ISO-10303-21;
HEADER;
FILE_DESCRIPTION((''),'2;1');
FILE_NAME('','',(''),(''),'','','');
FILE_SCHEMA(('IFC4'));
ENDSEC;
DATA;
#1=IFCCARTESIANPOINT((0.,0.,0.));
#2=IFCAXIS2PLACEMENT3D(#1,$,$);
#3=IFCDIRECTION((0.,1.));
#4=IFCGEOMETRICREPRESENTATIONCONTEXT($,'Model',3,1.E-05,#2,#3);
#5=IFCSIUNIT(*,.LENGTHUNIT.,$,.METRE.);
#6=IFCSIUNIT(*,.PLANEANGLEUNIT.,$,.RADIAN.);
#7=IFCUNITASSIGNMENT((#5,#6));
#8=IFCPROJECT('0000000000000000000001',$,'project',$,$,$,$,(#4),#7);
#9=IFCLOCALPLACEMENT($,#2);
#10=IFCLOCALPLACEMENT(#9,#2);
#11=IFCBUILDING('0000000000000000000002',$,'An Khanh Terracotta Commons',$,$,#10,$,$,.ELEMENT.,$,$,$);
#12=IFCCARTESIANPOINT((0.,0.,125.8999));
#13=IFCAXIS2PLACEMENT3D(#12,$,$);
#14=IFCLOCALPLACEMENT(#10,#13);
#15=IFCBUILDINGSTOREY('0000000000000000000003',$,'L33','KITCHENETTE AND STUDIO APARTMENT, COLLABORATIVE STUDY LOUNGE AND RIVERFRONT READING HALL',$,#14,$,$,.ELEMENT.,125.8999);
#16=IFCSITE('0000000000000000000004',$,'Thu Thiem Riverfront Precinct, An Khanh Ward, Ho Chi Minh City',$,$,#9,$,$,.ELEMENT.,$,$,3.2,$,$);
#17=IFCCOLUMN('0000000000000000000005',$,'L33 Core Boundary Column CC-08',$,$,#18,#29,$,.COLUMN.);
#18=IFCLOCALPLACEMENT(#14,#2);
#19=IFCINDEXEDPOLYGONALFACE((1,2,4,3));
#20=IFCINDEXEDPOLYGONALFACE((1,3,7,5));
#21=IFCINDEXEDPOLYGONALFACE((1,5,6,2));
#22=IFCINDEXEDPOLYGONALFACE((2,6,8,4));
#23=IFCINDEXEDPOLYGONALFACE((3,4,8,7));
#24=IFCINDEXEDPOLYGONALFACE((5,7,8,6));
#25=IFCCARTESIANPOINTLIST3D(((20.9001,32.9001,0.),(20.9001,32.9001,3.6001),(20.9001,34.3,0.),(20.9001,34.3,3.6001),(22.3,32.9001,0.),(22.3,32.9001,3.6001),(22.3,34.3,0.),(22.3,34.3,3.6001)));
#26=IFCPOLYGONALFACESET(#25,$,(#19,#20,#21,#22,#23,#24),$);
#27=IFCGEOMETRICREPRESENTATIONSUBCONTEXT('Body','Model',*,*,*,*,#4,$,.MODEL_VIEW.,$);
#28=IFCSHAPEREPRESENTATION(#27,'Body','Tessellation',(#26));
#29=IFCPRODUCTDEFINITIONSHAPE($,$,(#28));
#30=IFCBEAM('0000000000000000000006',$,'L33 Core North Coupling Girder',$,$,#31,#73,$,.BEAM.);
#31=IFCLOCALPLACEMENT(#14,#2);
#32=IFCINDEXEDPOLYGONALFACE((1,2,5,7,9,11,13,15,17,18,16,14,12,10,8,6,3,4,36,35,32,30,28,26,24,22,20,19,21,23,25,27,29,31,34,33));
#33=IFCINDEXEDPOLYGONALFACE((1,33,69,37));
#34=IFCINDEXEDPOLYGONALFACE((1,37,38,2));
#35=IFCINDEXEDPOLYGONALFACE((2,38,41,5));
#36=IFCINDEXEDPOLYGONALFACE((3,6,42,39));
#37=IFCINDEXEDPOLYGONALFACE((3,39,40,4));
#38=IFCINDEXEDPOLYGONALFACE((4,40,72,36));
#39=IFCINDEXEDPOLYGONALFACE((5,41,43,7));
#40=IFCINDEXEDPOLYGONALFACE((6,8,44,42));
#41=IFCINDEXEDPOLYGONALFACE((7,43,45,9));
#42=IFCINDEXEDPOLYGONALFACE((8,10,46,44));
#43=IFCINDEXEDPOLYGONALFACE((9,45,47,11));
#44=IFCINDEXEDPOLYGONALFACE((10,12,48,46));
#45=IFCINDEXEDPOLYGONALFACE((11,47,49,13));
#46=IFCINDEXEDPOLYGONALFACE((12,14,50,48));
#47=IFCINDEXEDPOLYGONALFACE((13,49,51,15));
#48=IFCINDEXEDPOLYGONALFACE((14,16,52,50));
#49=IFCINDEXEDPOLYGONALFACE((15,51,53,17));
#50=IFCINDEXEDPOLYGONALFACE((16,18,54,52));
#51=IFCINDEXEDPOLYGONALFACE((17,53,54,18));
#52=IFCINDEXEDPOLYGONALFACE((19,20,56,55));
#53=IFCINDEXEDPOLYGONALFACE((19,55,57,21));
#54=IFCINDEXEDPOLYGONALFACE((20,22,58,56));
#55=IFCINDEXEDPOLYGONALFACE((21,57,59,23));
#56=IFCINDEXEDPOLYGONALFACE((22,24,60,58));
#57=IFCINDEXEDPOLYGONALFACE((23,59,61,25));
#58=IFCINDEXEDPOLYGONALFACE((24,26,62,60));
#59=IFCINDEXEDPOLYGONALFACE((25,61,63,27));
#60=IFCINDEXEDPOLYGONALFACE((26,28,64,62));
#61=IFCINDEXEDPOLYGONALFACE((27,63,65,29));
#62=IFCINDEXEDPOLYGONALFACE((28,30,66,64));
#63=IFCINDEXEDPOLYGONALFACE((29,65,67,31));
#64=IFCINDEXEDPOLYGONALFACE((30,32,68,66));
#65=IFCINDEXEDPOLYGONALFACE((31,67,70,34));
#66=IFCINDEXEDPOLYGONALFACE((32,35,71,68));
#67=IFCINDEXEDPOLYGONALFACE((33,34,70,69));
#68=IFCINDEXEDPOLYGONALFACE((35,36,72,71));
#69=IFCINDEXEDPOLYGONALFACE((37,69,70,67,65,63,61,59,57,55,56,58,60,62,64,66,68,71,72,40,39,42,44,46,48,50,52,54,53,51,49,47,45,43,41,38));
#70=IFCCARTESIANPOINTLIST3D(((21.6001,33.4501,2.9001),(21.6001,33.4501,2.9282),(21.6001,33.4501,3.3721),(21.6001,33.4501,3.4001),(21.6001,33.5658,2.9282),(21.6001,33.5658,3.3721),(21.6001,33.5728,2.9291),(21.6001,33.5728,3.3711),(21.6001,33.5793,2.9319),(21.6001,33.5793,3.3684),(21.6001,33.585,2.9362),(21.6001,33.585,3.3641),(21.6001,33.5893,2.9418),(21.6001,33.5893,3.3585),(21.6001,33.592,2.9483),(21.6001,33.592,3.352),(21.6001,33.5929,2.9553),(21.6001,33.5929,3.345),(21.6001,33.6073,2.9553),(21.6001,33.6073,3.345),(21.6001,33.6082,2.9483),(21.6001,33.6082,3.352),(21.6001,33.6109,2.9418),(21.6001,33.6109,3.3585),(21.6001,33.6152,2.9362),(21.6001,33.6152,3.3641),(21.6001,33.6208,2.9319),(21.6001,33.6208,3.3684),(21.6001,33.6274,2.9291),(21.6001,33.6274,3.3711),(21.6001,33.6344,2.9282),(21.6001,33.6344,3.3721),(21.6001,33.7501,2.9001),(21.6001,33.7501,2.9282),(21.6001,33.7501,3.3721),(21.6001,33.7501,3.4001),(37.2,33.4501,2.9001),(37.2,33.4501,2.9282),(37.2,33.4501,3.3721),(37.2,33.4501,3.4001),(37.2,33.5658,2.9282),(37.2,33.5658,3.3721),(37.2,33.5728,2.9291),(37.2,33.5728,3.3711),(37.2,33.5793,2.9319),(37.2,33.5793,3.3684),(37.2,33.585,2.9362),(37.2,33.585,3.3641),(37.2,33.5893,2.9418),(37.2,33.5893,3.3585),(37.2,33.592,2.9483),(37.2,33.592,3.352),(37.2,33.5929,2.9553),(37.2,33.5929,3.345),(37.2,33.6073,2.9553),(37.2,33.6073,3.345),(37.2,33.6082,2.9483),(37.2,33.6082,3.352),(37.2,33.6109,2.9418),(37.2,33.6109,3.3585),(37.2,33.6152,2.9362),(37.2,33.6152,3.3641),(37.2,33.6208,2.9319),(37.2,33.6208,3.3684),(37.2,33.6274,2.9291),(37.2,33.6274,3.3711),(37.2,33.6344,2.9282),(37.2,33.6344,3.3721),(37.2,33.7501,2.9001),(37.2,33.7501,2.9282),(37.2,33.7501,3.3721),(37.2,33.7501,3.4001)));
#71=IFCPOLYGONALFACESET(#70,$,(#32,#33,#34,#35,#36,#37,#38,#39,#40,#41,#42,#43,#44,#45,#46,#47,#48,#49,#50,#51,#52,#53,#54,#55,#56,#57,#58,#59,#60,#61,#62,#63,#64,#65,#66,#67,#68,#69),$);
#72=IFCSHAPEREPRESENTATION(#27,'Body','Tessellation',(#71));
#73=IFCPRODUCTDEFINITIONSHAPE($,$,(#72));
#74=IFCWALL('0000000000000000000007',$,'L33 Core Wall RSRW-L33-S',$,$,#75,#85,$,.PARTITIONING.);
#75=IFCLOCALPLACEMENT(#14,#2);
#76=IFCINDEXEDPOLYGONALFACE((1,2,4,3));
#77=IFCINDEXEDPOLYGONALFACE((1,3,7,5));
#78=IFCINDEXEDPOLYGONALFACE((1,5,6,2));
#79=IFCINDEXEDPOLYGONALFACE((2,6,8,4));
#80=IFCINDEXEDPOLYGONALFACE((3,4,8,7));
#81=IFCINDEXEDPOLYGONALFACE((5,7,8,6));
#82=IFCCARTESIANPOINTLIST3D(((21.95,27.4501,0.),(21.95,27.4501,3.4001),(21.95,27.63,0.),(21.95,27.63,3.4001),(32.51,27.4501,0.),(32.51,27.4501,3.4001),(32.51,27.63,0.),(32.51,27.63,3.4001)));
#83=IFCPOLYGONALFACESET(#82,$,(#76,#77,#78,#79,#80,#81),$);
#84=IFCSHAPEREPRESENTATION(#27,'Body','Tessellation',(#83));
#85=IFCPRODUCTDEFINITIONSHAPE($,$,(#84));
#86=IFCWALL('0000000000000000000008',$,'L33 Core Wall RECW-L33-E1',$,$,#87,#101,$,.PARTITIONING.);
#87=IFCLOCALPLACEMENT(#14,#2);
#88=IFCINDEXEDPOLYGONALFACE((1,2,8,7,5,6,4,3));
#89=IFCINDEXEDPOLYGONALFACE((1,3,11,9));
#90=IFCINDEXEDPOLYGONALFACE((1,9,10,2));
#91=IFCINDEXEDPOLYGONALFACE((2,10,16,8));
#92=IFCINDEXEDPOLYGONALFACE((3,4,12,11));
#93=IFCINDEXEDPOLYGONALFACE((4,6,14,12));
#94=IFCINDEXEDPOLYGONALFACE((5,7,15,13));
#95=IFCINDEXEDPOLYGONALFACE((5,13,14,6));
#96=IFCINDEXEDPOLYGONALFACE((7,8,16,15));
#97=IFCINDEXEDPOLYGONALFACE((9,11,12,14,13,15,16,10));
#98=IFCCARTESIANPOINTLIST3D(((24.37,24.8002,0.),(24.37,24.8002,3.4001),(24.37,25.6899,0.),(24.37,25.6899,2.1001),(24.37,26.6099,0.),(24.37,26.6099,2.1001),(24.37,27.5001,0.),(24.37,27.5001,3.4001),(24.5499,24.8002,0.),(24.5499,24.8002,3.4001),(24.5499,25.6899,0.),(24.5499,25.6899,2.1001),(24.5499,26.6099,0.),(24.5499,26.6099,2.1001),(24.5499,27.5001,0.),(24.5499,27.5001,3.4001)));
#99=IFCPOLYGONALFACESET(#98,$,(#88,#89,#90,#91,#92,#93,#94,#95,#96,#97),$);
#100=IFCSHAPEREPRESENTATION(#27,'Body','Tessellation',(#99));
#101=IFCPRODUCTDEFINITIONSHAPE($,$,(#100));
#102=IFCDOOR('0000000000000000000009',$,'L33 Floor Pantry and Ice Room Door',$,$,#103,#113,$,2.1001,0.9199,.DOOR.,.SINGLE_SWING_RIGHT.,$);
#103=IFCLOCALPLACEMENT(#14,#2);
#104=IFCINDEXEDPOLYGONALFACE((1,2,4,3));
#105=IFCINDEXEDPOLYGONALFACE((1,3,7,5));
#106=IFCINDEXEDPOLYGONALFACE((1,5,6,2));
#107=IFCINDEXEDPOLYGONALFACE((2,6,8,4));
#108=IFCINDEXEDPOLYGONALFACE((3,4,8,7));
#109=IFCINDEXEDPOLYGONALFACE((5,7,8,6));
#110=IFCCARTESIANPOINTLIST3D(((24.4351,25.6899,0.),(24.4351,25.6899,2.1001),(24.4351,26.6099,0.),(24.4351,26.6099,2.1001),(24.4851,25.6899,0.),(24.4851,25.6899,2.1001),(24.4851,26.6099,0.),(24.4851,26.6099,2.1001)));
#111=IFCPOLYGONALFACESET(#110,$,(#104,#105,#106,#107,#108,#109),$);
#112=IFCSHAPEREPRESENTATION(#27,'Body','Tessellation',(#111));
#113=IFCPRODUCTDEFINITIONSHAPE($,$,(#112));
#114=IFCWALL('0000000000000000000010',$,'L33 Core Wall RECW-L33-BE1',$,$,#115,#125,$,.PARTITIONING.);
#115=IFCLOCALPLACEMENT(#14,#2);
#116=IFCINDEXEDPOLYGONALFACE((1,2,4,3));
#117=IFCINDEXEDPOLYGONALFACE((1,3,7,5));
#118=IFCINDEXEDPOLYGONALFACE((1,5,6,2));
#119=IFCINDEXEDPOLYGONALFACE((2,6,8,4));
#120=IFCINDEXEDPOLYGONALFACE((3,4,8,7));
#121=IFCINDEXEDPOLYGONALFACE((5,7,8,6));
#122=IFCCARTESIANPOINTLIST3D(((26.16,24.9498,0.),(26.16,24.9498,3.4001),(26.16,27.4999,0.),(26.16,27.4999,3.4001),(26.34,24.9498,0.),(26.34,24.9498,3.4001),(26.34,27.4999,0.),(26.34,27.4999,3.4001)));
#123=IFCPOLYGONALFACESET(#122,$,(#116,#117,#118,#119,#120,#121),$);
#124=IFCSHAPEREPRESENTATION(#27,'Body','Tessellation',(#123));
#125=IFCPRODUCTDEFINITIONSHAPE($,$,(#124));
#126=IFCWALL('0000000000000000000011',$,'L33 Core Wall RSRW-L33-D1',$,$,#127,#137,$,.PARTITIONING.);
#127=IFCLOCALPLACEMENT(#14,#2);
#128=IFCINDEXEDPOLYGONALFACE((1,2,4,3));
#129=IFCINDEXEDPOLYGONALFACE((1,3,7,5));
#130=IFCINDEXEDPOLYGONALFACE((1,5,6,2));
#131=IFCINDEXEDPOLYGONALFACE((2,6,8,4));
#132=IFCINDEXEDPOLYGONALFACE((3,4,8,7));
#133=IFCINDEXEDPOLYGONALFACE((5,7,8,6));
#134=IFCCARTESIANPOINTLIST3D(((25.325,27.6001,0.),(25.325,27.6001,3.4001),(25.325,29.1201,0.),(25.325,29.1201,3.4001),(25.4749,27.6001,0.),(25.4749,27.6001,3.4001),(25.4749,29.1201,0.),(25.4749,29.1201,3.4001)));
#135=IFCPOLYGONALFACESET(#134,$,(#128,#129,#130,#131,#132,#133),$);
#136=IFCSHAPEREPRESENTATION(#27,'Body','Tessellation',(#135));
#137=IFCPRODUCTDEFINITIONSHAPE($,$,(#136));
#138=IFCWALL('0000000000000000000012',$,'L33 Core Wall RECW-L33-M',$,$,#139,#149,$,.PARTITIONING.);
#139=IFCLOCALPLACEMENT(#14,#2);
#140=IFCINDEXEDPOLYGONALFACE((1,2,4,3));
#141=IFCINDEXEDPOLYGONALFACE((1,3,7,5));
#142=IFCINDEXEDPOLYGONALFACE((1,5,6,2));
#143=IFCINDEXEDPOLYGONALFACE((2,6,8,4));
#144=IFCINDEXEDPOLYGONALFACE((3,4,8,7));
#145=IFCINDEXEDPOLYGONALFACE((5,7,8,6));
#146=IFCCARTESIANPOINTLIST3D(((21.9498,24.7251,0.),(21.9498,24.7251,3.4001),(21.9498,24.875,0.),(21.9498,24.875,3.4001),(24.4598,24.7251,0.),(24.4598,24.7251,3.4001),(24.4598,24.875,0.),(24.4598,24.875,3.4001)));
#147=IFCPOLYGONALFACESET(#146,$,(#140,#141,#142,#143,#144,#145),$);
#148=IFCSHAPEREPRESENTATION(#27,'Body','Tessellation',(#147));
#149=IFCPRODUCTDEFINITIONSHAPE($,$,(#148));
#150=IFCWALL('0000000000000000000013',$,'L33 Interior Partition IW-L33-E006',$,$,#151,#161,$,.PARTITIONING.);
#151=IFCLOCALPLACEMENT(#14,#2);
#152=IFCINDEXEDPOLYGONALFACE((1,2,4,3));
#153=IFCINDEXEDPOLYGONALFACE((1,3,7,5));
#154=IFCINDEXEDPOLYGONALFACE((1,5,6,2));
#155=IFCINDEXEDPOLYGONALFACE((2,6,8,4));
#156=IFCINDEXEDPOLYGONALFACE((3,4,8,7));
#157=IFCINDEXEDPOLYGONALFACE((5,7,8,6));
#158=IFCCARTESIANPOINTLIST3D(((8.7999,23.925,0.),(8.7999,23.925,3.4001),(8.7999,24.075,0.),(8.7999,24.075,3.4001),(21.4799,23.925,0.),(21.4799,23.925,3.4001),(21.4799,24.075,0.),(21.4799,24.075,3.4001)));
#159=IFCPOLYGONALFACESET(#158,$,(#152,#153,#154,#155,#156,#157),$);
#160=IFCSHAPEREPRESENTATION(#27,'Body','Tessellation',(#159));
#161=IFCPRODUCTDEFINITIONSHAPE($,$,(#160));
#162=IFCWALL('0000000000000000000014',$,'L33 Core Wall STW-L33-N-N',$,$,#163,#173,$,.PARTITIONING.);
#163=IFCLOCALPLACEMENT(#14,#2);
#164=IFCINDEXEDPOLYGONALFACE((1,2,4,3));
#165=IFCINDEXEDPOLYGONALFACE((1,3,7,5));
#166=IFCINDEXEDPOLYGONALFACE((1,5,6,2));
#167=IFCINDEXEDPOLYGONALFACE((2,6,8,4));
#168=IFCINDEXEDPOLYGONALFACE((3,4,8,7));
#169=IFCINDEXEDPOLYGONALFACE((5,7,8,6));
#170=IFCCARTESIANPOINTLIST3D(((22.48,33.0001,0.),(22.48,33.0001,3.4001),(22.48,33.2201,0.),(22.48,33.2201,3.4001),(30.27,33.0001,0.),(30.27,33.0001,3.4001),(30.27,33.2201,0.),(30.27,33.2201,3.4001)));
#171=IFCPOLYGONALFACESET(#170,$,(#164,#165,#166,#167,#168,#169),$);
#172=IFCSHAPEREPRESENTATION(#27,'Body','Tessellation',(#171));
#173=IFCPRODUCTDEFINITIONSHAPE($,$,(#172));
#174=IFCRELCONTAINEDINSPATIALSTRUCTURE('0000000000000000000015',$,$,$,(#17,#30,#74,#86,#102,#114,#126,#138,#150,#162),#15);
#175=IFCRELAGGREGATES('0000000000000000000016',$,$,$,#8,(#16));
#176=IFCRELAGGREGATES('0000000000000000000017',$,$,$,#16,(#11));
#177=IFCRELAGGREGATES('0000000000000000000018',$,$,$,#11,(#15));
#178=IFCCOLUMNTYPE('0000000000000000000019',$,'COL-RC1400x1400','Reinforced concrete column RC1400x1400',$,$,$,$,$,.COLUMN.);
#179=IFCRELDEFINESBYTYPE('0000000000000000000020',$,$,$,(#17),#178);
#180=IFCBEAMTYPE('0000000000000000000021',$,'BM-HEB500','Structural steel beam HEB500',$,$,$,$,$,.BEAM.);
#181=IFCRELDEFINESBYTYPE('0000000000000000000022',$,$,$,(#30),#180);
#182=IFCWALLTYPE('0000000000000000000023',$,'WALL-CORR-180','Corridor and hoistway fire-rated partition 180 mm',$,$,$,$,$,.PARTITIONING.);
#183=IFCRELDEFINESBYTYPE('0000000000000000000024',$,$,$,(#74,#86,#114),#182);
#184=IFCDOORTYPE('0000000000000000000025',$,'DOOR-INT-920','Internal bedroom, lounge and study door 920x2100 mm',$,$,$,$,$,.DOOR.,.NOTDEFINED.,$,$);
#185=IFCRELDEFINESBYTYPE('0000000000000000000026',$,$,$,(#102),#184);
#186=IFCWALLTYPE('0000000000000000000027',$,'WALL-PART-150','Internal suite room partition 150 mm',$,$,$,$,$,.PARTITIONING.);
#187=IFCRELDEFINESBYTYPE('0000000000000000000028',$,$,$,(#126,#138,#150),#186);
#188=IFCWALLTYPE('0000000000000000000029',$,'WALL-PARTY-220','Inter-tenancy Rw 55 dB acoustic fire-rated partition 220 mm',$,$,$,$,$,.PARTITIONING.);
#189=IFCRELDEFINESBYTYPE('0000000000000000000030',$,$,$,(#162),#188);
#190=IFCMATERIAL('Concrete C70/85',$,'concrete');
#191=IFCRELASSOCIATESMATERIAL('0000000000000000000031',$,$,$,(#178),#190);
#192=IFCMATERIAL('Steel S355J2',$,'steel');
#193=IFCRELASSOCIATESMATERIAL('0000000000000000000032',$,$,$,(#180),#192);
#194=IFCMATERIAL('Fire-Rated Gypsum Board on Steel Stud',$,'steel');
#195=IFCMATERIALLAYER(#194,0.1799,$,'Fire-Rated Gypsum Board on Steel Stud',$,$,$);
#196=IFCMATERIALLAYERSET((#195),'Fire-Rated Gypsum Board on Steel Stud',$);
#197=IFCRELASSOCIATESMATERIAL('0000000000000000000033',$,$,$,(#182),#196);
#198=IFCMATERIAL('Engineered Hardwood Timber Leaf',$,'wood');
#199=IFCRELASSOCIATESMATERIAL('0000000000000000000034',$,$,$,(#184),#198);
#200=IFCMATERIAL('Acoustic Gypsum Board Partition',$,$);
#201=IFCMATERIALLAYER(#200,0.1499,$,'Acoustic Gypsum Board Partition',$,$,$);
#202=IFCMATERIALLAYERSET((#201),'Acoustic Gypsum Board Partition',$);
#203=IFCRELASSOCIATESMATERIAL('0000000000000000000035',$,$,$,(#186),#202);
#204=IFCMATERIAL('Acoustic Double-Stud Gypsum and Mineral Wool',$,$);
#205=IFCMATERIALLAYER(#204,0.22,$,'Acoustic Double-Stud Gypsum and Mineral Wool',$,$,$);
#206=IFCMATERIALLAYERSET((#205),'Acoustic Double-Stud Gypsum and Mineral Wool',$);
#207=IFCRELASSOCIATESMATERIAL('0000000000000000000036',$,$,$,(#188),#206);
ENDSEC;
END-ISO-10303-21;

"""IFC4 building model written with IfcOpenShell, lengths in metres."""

from ifc_helpers import new_model, si_unit, direction, frame, frame_2d, origin, origin_2d, place, context, subcontext, project, spatial, rectangle, i_section, extrude, material, layer, layer_set, material_profile, profile_set, type_object, element, fill, save


model = new_model("IFC4")

# Units and contexts
model_context = context("Model", 3, precision=1e-05, world=origin(), true_north=direction((0.0, 1.0)))
body_context = subcontext(model_context, "Body", "Model", "MODEL_VIEW")
ifc_project = project(units=[si_unit("LENGTHUNIT", "METRE"), si_unit("PLANEANGLEUNIT", "RADIAN")], contexts=[model_context])

# Site, building, storey
site_placement = place(None, origin())
site = spatial("IfcSite", under=ifc_project, at=site_placement, Name="Thu Thiem Riverfront Precinct, An Khanh Ward, Ho Chi Minh City", CompositionType="ELEMENT", RefElevation=3.2)
building_placement = place(site_placement, origin())
building = spatial("IfcBuilding", under=site, at=building_placement, Name="An Khanh Terracotta Commons", CompositionType="ELEMENT")
storey_placement = place(building_placement, frame((0.0, 0.0, 125.8999)))
storey = spatial("IfcBuildingStorey", under=building, at=storey_placement, Name="L33", Description="KITCHENETTE AND STUDIO APARTMENT, COLLABORATIVE STUDY LOUNGE AND RIVERFRONT READING HALL", CompositionType="ELEMENT", Elevation=125.8999)

# Column
ifc_material_1 = material(Name="Concrete C70/85", Category="concrete")
ifc_material_profile_1 = material_profile(ifc_material_1, rectangle(XDim=1.3999, YDim=1.3999, at=origin_2d()), Name="RC1400x1400")
ifc_profile_set_1 = profile_set([ifc_material_profile_1], Name="Concrete C70/85")
column_type = type_object("IfcColumnType", Name="COL-RC1400x1400", Description="Reinforced concrete column RC1400x1400", PredefinedType="COLUMN", material=ifc_profile_set_1)
column_placement = place(storey_placement, frame((21.6001, 33.6001, 0.0), z_axis=(0.0, 0.0, 1.0), x_axis=(1.0, 0.0, 0.0)))
element("IfcColumn", 1, at=column_placement, inside=storey, type_object=column_type, Name="L33 Core Boundary Column CC-08", PredefinedType="COLUMN", context=body_context, shape_type="SweptSolid", body=[
    extrude(rectangle(XDim=1.3999, YDim=1.3999, at=origin_2d()), origin(), (0.0, 0.0, 1.0), 3.6001),
])

# Beam
ifc_material_2 = material(Name="Steel S355J2", Category="steel")
ifc_material_profile_2 = material_profile(ifc_material_2, i_section(OverallWidth=0.3, OverallDepth=0.5, WebThickness=0.0144, FlangeThickness=0.0281, FilletRadius=0.0271, at=origin_2d()), Name="HEB500")
ifc_profile_set_2 = profile_set([ifc_material_profile_2], Name="Steel S355J2")
beam_type = type_object("IfcBeamType", Name="BM-HEB500", Description="Structural steel beam HEB500", PredefinedType="BEAM", material=ifc_profile_set_2)
beam_placement = place(storey_placement, frame((21.6001, 33.6001, 3.1501), z_axis=(1.0, 0.0, 0.0), x_axis=(0.0, 1.0, 0.0)))
element("IfcBeam", 2, at=beam_placement, inside=storey, type_object=beam_type, Name="L33 Core North Coupling Girder", PredefinedType="BEAM", context=body_context, shape_type="SweptSolid", body=[
    extrude(i_section(OverallWidth=0.3, OverallDepth=0.5, WebThickness=0.0144, FlangeThickness=0.0281, FilletRadius=0.0271, at=origin_2d()), origin(), (0.0, 0.0, 1.0), 15.5999),
])

# Wall
ifc_material_3 = material(Name="Fire-Rated Gypsum Board on Steel Stud", Category="steel")
ifc_layer_1 = layer(ifc_material_3, 0.1799, Name="Fire-Rated Gypsum Board on Steel Stud")
ifc_layer_set_1 = layer_set([ifc_layer_1], Name="Fire-Rated Gypsum Board on Steel Stud")
wall_type_1 = type_object("IfcWallType", Name="WALL-CORR-180", Description="Corridor and hoistway fire-rated partition 180 mm", PredefinedType="PARTITIONING", material=ifc_layer_set_1)
wall_1_placement = place(storey_placement, frame((21.95, 27.54, 0.0), z_axis=(0.0, 0.0, 1.0), x_axis=(1.0, 0.0, 0.0)))
element("IfcWall", 3, at=wall_1_placement, inside=storey, type_object=wall_type_1, Name="L33 Core Wall RSRW-L33-S", PredefinedType="PARTITIONING", context=body_context, shape_type="SweptSolid", body=[
    extrude(rectangle(XDim=10.5601, YDim=0.1799, at=frame_2d((5.28, 0.0))), origin(), (0.0, 0.0, 1.0), 3.4001),
])

# Wall, opening, door
wall_2_placement = place(storey_placement, frame((24.46, 24.8, 0.0), z_axis=(0.0, 0.0, 1.0), x_axis=(0.0, 1.0, 0.0)))
wall_2 = element("IfcWall", 4, at=wall_2_placement, inside=storey, type_object=wall_type_1, Name="L33 Core Wall RECW-L33-E1", PredefinedType="PARTITIONING", context=body_context, shape_type="SweptSolid", body=[
    extrude(rectangle(XDim=2.7, YDim=0.1799, at=frame_2d((1.3501, 0.0))), origin(), (0.0, 0.0, 1.0), 3.4001),
])
opening_1_placement = place(wall_2_placement, frame((0.8899, 0.0, 0.0)))
opening_1 = element("IfcOpeningElement", 5, at=opening_1_placement, cuts=wall_2, PredefinedType="OPENING", context=body_context, shape_type="SweptSolid", body=[
    extrude(rectangle(XDim=0.9199, YDim=2.1001, at=frame_2d((0.46, 1.05))), frame((0.0, 0.0999, 0.0), z_axis=(0.0, -1.0, 0.0), x_axis=(1.0, 0.0, 0.0)), (0.0, 0.0, 1.0), 0.2),
])
ifc_material_4 = material(Name="Engineered Hardwood Timber Leaf", Category="wood")
door_type_1 = type_object("IfcDoorType", Name="DOOR-INT-920", Description="Internal bedroom, lounge and study door 920x2100 mm", OperationType="NOTDEFINED", PredefinedType="DOOR", material=ifc_material_4)
door_1_placement = place(opening_1_placement, origin())
door_1 = element("IfcDoor", 6, at=door_1_placement, inside=storey, type_object=door_type_1, Name="L33 Floor Pantry and Ice Room Door", OperationType="SINGLE_SWING_RIGHT", OverallHeight=2.1001, OverallWidth=0.9199, PredefinedType="DOOR", context=body_context, shape_type="SweptSolid", body=[
    extrude(rectangle(XDim=0.9199, YDim=2.1001, at=frame_2d((0.46, 1.05))), frame((0.0, 0.0249, 0.0), z_axis=(0.0, -1.0, 0.0), x_axis=(1.0, 0.0, 0.0)), (0.0, 0.0, 1.0), 0.05),
])
fill(opening_1, door_1)

# Walls
wall_3_placement = place(storey_placement, frame((26.25, 24.95, 0.0), z_axis=(0.0, 0.0, 1.0), x_axis=(0.0, 1.0, 0.0)))
element("IfcWall", 7, at=wall_3_placement, inside=storey, type_object=wall_type_1, Name="L33 Core Wall RECW-L33-BE1", PredefinedType="PARTITIONING", context=body_context, shape_type="SweptSolid", body=[
    extrude(rectangle(XDim=2.55, YDim=0.1799, at=frame_2d((1.2749, 0.0))), origin(), (0.0, 0.0, 1.0), 3.4001),
])
ifc_material_5 = material(Name="Acoustic Gypsum Board Partition")
ifc_layer_2 = layer(ifc_material_5, 0.1499, Name="Acoustic Gypsum Board Partition")
ifc_layer_set_2 = layer_set([ifc_layer_2], Name="Acoustic Gypsum Board Partition")
wall_type_2 = type_object("IfcWallType", Name="WALL-PART-150", Description="Internal suite room partition 150 mm", PredefinedType="PARTITIONING", material=ifc_layer_set_2)
wall_4_placement = place(storey_placement, frame((25.3999, 27.6001, 0.0), z_axis=(0.0, 0.0, 1.0), x_axis=(0.0, 1.0, 0.0)))
element("IfcWall", 8, at=wall_4_placement, inside=storey, type_object=wall_type_2, Name="L33 Core Wall RSRW-L33-D1", PredefinedType="PARTITIONING", context=body_context, shape_type="SweptSolid", body=[
    extrude(rectangle(XDim=1.52, YDim=0.1499, at=frame_2d((0.76, 0.0))), origin(), (0.0, 0.0, 1.0), 3.4001),
])
wall_5_placement = place(storey_placement, frame((21.95, 24.8, 0.0), z_axis=(0.0, 0.0, 1.0), x_axis=(1.0, 0.0, 0.0)))
element("IfcWall", 9, at=wall_5_placement, inside=storey, type_object=wall_type_2, Name="L33 Core Wall RECW-L33-M", PredefinedType="PARTITIONING", context=body_context, shape_type="SweptSolid", body=[
    extrude(rectangle(XDim=2.51, YDim=0.1499, at=frame_2d((1.2549, 0.0))), origin(), (0.0, 0.0, 1.0), 3.4001),
])
wall_6_placement = place(storey_placement, frame((8.8, 24.0, 0.0), z_axis=(0.0, 0.0, 1.0), x_axis=(1.0, 0.0, 0.0)))
element("IfcWall", 10, at=wall_6_placement, inside=storey, type_object=wall_type_2, Name="L33 Interior Partition IW-L33-E006", PredefinedType="PARTITIONING", context=body_context, shape_type="SweptSolid", body=[
    extrude(rectangle(XDim=12.6799, YDim=0.1499, at=frame_2d((6.3398, 0.0))), origin(), (0.0, 0.0, 1.0), 3.4001),
])
ifc_material_6 = material(Name="Acoustic Double-Stud Gypsum and Mineral Wool")
ifc_layer_3 = layer(ifc_material_6, 0.22, Name="Acoustic Double-Stud Gypsum and Mineral Wool")
ifc_layer_set_3 = layer_set([ifc_layer_3], Name="Acoustic Double-Stud Gypsum and Mineral Wool")
wall_type_3 = type_object("IfcWallType", Name="WALL-PARTY-220", Description="Inter-tenancy Rw 55 dB acoustic fire-rated partition 220 mm", PredefinedType="PARTITIONING", material=ifc_layer_set_3)
wall_7_placement = place(storey_placement, frame((22.48, 33.1101, 0.0), z_axis=(0.0, 0.0, 1.0), x_axis=(1.0, 0.0, 0.0)))
element("IfcWall", 11, at=wall_7_placement, inside=storey, type_object=wall_type_3, Name="L33 Core Wall STW-L33-N-N", PredefinedType="PARTITIONING", context=body_context, shape_type="SweptSolid", body=[
    extrude(rectangle(XDim=7.79, YDim=0.22, at=frame_2d((3.895, 0.0))), origin(), (0.0, 0.0, 1.0), 3.4001),
])

save(model, "model.ifc")
